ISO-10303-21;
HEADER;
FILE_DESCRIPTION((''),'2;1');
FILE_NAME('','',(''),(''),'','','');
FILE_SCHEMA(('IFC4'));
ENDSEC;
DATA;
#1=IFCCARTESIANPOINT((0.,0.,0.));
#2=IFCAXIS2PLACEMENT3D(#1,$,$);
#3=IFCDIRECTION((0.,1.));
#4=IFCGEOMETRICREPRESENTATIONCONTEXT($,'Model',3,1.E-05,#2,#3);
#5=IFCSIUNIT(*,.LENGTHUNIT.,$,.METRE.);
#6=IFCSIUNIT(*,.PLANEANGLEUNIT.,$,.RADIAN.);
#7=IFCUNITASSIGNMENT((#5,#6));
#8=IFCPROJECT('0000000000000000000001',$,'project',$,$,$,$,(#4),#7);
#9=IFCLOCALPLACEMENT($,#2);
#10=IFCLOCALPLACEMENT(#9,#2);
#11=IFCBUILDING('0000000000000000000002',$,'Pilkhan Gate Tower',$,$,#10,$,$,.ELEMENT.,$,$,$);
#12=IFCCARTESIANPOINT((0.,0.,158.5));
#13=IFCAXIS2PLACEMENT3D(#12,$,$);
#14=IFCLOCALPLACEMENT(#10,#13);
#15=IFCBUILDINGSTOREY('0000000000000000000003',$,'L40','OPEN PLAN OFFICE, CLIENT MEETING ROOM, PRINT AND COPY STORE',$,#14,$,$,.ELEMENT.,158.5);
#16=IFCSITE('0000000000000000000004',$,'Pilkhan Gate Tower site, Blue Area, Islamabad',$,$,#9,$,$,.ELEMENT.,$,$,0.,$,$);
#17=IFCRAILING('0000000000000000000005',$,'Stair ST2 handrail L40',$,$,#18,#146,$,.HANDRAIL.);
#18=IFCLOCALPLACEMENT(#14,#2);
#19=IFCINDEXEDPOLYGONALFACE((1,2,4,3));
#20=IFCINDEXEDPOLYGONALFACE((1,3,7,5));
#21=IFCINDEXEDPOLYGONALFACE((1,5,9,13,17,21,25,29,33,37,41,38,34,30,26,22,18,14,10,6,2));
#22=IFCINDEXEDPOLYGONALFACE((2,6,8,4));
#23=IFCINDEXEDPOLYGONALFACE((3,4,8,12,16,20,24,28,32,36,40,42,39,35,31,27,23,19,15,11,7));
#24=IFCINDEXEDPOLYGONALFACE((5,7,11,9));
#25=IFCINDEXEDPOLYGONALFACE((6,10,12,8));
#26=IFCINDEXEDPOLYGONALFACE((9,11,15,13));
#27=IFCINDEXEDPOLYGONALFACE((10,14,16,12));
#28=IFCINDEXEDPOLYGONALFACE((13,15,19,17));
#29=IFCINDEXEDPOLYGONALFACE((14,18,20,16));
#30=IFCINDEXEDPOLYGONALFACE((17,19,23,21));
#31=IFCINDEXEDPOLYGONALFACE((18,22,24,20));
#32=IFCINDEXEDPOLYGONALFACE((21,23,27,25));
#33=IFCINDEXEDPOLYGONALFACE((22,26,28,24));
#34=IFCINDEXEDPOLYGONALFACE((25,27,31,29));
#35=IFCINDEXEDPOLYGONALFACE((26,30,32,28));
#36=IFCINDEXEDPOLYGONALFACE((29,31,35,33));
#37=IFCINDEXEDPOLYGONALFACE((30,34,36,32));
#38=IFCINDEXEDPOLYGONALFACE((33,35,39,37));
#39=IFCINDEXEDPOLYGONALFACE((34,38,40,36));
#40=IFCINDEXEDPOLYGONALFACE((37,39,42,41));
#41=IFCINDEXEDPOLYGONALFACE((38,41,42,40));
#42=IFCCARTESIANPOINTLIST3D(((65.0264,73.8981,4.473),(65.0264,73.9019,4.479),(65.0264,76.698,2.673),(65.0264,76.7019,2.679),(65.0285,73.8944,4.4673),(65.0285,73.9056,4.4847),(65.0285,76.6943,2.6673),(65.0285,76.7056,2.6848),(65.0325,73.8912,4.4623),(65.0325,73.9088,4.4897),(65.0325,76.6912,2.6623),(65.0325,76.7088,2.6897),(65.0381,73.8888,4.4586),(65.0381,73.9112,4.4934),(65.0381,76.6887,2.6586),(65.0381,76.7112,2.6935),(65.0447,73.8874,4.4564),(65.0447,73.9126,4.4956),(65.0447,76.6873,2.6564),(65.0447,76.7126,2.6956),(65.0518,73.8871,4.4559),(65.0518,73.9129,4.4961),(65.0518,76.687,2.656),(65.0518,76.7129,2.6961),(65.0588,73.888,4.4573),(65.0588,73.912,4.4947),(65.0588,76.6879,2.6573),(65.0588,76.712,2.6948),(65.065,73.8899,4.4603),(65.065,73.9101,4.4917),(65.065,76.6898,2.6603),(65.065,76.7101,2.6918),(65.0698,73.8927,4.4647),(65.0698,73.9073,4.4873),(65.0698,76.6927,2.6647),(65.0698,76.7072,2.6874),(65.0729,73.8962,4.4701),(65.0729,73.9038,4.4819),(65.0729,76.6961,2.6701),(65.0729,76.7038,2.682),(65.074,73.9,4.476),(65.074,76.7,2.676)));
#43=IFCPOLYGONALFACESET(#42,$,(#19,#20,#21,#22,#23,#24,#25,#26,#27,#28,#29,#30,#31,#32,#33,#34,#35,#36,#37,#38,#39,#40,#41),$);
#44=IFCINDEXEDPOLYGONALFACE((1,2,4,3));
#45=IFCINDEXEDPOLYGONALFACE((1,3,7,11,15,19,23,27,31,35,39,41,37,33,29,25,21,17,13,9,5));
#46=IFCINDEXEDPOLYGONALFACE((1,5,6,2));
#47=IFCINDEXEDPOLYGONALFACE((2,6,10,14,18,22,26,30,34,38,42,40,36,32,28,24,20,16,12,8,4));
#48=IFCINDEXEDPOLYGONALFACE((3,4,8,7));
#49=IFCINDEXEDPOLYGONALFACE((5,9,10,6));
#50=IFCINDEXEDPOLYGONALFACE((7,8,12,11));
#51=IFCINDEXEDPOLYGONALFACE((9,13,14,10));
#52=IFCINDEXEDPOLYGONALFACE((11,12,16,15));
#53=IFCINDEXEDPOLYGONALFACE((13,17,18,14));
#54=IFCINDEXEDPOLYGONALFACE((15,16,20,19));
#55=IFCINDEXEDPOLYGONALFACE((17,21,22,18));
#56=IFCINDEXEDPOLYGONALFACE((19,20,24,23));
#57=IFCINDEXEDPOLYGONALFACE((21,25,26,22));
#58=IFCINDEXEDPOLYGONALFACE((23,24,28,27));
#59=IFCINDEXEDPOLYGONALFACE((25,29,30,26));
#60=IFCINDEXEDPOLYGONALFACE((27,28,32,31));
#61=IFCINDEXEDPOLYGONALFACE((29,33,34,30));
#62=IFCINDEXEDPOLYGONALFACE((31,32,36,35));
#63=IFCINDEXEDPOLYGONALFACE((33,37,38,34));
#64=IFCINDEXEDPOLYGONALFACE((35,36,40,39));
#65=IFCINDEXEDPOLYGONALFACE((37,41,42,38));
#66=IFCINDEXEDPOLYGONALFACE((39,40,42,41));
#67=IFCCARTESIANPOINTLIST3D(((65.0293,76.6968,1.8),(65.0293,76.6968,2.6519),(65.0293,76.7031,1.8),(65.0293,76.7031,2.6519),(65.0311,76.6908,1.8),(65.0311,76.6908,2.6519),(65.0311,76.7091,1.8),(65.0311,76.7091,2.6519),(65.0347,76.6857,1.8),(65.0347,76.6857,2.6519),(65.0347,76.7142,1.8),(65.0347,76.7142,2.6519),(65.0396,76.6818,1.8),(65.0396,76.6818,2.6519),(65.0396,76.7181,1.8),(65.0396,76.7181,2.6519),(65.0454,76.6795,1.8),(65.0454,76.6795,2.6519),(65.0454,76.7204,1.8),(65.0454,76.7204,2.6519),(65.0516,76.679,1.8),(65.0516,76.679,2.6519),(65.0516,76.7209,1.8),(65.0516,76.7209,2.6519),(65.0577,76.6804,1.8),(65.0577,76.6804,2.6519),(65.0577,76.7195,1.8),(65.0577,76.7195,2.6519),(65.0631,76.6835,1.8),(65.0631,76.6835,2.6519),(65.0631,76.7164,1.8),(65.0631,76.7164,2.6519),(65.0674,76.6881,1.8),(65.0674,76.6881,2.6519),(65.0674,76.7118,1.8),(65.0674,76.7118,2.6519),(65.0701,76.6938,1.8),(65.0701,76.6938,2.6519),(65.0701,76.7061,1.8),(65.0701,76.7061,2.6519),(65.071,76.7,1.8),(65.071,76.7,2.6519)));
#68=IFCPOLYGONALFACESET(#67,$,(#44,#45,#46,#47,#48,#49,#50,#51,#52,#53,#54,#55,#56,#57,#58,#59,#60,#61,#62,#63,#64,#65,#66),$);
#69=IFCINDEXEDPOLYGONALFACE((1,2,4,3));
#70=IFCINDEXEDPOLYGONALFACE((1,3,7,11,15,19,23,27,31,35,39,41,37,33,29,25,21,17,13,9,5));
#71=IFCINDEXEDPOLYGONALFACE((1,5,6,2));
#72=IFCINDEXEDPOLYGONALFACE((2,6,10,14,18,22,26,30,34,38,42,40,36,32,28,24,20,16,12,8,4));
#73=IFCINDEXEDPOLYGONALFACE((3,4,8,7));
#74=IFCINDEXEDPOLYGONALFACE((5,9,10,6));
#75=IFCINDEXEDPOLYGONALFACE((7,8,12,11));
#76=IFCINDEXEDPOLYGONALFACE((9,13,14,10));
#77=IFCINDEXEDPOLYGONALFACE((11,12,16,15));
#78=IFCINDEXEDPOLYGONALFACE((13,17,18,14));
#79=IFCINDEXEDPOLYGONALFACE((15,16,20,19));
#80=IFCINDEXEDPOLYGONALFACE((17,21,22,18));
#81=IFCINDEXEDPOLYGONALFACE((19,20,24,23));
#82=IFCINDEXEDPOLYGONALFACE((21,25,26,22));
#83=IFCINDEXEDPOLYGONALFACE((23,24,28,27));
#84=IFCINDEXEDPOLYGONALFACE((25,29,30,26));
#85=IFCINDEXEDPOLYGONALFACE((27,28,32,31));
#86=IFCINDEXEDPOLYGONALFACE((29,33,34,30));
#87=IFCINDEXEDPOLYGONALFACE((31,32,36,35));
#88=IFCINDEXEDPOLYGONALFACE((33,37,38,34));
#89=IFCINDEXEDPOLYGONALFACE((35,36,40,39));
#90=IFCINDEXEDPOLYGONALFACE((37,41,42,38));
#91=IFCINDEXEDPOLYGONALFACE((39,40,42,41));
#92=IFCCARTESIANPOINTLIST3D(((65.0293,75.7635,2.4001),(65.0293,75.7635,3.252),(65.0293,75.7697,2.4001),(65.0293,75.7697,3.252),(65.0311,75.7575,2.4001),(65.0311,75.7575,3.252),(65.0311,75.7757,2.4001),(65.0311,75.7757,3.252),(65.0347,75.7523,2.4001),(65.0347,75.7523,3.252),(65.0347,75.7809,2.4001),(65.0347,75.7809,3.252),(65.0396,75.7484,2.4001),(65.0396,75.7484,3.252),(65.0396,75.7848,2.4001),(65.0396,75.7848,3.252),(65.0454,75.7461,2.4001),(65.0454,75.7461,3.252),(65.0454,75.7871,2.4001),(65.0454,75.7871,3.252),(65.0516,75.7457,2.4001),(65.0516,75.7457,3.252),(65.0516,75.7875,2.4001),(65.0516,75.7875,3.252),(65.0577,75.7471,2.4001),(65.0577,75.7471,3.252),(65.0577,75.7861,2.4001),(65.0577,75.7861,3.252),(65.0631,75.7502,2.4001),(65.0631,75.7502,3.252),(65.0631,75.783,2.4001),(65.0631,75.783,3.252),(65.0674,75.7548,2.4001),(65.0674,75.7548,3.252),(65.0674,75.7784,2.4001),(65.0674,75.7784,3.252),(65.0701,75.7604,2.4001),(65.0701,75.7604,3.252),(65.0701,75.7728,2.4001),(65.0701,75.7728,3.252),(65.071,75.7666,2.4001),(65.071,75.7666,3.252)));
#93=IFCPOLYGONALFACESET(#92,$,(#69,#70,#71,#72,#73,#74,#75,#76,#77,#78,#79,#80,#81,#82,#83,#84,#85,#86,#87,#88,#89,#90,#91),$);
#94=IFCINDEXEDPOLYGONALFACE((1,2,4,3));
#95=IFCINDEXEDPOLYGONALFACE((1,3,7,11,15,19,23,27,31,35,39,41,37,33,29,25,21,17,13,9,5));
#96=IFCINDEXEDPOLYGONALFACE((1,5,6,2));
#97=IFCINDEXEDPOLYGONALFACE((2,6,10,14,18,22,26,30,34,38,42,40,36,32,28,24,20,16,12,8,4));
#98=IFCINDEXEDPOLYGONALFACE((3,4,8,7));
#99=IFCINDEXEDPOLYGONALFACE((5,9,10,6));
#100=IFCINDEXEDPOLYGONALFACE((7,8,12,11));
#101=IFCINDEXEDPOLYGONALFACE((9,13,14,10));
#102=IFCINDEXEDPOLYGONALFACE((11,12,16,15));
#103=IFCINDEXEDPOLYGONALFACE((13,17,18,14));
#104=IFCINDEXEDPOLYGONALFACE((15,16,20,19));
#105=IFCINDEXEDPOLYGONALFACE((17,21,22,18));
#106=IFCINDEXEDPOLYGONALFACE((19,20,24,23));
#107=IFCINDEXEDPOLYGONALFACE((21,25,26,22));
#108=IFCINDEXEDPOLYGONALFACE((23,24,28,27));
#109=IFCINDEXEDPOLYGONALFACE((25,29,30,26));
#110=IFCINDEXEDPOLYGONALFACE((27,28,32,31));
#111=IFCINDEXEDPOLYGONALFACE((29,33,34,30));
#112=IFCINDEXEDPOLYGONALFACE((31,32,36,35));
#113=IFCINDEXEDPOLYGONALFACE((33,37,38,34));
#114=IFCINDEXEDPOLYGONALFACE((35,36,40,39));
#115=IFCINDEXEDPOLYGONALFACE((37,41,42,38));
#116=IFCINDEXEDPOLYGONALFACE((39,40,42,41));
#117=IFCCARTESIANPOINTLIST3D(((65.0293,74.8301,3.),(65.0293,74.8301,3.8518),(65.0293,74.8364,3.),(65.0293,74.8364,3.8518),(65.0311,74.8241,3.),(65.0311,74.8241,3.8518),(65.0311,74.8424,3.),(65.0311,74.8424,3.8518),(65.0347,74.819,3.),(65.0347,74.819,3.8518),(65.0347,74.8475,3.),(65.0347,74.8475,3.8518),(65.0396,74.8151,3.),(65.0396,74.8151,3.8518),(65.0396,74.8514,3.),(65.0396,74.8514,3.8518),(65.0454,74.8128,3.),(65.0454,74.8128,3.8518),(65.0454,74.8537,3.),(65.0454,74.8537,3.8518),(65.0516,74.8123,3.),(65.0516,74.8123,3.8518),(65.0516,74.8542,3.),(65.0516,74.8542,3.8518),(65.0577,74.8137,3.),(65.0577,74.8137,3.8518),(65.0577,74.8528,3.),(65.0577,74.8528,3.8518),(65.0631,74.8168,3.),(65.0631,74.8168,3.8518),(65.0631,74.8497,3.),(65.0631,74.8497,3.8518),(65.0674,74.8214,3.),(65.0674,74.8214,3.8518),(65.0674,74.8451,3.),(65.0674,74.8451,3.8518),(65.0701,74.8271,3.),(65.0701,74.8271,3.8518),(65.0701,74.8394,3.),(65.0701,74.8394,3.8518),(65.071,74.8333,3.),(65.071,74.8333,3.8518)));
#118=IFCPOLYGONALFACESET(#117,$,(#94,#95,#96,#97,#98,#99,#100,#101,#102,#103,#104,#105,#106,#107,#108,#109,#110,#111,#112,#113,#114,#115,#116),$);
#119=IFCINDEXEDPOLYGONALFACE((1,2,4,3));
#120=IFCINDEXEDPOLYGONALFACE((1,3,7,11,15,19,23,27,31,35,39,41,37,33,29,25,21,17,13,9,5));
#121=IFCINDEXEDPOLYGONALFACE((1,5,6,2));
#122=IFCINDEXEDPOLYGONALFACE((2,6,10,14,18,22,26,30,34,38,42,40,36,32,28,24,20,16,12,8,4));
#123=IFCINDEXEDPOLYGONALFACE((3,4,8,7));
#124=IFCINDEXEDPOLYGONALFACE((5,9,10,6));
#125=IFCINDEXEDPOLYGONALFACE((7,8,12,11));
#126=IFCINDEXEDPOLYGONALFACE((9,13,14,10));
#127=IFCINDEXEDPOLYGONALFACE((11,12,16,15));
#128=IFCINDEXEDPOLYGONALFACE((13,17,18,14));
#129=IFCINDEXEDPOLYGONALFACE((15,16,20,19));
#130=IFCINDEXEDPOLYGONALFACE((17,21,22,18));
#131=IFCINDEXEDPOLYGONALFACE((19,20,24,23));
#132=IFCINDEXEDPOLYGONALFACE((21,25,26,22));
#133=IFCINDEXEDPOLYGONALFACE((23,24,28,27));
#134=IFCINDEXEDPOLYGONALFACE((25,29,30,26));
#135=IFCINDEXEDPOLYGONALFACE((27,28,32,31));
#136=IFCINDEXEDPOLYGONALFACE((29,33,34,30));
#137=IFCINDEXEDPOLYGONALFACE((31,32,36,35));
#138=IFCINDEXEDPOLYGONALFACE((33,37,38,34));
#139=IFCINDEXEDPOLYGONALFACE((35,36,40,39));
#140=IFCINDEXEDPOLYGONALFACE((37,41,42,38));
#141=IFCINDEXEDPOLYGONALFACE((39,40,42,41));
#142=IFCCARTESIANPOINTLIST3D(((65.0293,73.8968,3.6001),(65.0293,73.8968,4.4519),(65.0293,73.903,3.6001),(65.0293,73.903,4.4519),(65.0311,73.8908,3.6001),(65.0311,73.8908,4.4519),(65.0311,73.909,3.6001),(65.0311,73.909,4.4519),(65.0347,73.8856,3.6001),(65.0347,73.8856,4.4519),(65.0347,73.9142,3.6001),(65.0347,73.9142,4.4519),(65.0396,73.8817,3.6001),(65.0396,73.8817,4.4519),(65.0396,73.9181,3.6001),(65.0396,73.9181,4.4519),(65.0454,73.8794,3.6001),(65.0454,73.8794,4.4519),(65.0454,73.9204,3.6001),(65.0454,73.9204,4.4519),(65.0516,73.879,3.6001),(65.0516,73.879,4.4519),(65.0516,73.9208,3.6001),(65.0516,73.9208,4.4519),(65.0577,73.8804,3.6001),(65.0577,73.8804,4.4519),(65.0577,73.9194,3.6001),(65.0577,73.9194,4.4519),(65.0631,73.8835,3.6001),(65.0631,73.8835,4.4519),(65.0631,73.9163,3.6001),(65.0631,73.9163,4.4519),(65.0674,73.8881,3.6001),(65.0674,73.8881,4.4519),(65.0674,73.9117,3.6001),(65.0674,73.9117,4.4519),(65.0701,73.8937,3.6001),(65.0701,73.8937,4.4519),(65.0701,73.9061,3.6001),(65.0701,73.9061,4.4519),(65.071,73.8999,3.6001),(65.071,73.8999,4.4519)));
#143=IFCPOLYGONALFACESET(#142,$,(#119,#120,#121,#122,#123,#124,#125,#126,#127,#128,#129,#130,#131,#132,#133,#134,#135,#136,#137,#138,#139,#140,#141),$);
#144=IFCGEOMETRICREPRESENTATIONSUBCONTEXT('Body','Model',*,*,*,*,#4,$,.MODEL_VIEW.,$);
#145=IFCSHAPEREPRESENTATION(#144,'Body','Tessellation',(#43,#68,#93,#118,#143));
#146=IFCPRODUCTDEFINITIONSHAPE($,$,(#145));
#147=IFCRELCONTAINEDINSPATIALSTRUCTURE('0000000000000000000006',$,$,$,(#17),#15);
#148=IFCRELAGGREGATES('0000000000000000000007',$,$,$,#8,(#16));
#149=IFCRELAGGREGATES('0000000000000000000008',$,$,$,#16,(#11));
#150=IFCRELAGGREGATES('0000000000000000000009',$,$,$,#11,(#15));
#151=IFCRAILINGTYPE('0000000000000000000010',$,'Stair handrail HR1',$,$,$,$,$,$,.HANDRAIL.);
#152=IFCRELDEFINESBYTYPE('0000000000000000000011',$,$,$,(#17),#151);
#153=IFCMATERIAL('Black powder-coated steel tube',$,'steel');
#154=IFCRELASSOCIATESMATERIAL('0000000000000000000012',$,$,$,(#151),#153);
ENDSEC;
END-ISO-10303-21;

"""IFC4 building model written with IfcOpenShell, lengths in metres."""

from ifc_helpers import new_model, si_unit, direction, frame, origin, origin_2d, place, context, subcontext, project, spatial, circle, extrude, material, type_object, element, save


model = new_model("IFC4")

# Units and contexts
model_context = context("Model", 3, precision=1e-05, world=origin(), true_north=direction((0.0, 1.0)))
body_context = subcontext(model_context, "Body", "Model", "MODEL_VIEW")
ifc_project = project(units=[si_unit("LENGTHUNIT", "METRE"), si_unit("PLANEANGLEUNIT", "RADIAN")], contexts=[model_context])

# Site, building, storey
site_placement = place(None, origin())
site = spatial("IfcSite", under=ifc_project, at=site_placement, Name="Pilkhan Gate Tower site, Blue Area, Islamabad", CompositionType="ELEMENT", RefElevation=0.0)
building_placement = place(site_placement, origin())
building = spatial("IfcBuilding", under=site, at=building_placement, Name="Pilkhan Gate Tower", CompositionType="ELEMENT")
storey_placement = place(building_placement, frame((0.0, 0.0, 158.5)))
storey = spatial("IfcBuildingStorey", under=building, at=storey_placement, Name="L40", Description="OPEN PLAN OFFICE, CLIENT MEETING ROOM, PRINT AND COPY STORE", CompositionType="ELEMENT", Elevation=158.5)

# Railing
ifc_material_1 = material(Name="Black powder-coated steel tube", Category="steel")
railing_type_1 = type_object("IfcRailingType", Name="Stair handrail HR1", PredefinedType="HANDRAIL", material=ifc_material_1)
railing_1_placement = place(storey_placement, frame((65.05, 76.7, 1.8)))
element("IfcRailing", 1, at=railing_1_placement, inside=storey, type_object=railing_type_1, Name="Stair ST2 handrail L40", PredefinedType="HANDRAIL", context=body_context, shape_type="SweptSolid", body=[
    extrude(circle(Radius=0.0239, at=origin_2d()), frame((0.0, 0.0, 0.876), z_axis=(0.0, -0.841176, 0.540761), x_axis=(1.0, 0.0, 0.0)), (0.0, 0.0, 1.0), 3.3286),
    extrude(circle(Radius=0.021, at=origin_2d()), origin(), (0.0, 0.0, 1.0), 0.8518),
    extrude(circle(Radius=0.021, at=origin_2d()), frame((0.0, -0.9333, 0.6001)), (0.0, 0.0, 1.0), 0.8518),
    extrude(circle(Radius=0.021, at=origin_2d()), frame((0.0, -1.8667, 1.2)), (0.0, 0.0, 1.0), 0.8518),
    extrude(circle(Radius=0.021, at=origin_2d()), frame((0.0, -2.8, 1.8)), (0.0, 0.0, 1.0), 0.8518),
])

save(model, "model.ifc")
